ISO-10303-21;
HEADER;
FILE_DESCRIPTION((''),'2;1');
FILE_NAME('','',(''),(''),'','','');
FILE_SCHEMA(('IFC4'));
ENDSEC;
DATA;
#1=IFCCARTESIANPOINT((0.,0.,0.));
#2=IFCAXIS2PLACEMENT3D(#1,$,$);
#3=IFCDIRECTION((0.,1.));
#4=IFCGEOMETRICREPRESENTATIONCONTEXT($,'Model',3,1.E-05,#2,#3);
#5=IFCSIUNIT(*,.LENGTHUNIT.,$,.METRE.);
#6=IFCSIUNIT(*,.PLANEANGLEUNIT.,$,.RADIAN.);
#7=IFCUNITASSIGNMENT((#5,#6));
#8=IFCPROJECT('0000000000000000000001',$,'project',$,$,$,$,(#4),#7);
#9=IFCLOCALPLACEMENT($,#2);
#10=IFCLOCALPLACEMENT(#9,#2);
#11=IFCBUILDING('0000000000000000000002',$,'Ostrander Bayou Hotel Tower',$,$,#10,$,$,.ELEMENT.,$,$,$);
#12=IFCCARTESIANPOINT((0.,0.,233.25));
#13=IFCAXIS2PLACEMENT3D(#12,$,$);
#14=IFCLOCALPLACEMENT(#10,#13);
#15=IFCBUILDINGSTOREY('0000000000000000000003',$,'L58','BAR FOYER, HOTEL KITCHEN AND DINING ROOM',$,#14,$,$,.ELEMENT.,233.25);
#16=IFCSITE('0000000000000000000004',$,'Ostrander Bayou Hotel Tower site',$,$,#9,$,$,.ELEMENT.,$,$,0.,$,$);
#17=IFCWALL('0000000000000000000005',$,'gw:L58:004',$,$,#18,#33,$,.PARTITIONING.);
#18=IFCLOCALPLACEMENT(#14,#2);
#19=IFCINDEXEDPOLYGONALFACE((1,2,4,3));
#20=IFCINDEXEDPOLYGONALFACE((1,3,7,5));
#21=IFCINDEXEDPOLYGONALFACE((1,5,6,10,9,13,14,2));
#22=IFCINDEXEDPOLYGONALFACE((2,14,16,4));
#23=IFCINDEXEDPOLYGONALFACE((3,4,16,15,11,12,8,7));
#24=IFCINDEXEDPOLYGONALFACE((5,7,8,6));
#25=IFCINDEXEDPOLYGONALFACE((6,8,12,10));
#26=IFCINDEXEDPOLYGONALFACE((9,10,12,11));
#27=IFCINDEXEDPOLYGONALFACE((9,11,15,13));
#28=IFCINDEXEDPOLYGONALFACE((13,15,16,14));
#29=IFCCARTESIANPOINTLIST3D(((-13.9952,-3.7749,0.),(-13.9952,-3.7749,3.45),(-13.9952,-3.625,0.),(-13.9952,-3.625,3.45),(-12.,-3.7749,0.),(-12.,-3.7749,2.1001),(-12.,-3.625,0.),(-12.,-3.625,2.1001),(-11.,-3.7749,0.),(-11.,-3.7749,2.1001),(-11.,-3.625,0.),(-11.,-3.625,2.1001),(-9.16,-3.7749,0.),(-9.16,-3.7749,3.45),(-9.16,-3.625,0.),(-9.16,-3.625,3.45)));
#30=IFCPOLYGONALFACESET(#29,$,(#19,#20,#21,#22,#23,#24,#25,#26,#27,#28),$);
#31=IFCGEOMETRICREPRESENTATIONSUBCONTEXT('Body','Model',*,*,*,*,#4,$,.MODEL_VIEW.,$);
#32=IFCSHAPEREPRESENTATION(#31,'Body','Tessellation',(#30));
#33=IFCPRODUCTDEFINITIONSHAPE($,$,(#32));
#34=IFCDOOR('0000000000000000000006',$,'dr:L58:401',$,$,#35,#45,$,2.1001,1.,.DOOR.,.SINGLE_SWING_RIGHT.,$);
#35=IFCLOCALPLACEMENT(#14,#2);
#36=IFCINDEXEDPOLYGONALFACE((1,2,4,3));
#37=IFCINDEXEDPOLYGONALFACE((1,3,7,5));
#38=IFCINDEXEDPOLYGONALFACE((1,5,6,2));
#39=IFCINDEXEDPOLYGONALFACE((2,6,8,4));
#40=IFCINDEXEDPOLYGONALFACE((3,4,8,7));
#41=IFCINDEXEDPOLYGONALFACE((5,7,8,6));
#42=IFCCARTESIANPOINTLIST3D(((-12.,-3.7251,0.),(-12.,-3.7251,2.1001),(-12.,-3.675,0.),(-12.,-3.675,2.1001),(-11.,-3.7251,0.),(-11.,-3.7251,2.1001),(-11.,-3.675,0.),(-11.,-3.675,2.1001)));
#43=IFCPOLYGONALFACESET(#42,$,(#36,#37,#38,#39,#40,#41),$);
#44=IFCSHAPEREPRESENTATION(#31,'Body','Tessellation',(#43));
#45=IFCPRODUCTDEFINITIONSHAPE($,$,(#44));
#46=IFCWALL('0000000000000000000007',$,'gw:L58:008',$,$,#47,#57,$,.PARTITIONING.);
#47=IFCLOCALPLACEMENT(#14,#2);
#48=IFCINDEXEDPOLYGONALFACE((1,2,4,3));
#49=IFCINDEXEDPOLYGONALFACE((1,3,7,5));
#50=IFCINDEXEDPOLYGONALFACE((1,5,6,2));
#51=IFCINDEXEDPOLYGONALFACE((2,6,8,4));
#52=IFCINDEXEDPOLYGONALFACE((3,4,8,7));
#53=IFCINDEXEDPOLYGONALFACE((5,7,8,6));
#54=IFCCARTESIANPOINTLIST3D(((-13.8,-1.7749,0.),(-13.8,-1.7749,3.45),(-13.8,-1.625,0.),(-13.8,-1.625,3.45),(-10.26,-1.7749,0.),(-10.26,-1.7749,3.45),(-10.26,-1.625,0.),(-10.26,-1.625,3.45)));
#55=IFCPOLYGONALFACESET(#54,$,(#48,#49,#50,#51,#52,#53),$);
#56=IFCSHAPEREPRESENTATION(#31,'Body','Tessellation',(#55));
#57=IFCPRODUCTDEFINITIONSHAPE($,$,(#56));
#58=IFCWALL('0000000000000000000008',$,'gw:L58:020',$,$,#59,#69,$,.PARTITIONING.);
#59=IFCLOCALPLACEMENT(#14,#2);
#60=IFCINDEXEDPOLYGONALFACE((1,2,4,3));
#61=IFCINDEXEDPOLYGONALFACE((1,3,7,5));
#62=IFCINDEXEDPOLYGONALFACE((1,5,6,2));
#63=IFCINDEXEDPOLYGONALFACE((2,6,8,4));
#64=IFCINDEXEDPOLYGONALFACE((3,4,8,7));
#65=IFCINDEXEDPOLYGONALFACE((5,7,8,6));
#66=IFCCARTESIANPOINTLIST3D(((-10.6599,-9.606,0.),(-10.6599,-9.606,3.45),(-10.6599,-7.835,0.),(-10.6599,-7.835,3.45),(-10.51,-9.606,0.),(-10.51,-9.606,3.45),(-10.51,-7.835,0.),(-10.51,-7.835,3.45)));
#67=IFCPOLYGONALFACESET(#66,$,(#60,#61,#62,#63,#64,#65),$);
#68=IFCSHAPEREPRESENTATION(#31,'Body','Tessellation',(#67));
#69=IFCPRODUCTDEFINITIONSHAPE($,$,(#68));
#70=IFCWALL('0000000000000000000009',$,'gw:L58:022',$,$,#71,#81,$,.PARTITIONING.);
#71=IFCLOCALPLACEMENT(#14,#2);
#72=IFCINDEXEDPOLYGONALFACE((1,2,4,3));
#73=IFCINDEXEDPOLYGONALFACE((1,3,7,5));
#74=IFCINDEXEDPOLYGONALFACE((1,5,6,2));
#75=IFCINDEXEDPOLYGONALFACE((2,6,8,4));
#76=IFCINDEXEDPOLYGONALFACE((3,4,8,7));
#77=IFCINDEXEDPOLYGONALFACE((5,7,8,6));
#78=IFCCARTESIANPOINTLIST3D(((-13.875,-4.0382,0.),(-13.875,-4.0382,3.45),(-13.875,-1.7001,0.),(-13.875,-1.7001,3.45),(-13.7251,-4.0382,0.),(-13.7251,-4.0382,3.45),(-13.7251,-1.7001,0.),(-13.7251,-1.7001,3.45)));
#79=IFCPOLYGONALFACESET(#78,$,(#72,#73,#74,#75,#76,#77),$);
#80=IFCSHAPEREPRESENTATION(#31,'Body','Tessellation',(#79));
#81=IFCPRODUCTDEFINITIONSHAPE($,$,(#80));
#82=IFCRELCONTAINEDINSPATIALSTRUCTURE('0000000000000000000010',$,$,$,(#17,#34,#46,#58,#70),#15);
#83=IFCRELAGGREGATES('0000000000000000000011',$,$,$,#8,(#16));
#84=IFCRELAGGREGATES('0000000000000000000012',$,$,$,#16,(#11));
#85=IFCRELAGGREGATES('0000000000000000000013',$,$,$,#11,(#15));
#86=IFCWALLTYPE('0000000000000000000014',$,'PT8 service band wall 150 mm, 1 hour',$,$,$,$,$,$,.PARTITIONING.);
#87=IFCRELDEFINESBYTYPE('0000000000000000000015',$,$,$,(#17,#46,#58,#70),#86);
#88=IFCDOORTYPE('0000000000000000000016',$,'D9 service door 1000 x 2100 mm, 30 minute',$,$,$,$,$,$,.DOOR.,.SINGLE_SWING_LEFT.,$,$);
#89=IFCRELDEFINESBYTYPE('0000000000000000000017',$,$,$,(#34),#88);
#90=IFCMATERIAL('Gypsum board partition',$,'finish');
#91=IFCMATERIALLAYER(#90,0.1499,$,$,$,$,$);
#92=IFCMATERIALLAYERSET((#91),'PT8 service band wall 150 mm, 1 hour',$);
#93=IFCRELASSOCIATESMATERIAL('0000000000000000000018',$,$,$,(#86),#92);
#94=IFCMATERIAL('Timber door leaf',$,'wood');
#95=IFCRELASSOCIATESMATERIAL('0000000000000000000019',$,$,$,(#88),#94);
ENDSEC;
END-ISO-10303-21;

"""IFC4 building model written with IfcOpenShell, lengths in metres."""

from ifc_helpers import new_model, si_unit, direction, frame, frame_2d, origin, place, context, subcontext, project, spatial, rectangle, extrude, material, layer, layer_set, type_object, element, fill, save


model = new_model("IFC4")

# Units and contexts
model_context = context("Model", 3, precision=1e-05, world=origin(), true_north=direction((0.0, 1.0)))
body_context = subcontext(model_context, "Body", "Model", "MODEL_VIEW")
ifc_project = project(units=[si_unit("LENGTHUNIT", "METRE"), si_unit("PLANEANGLEUNIT", "RADIAN")], contexts=[model_context])

# Site, building, storey
site_placement = place(None, origin())
site = spatial("IfcSite", under=ifc_project, at=site_placement, Name="Ostrander Bayou Hotel Tower site", CompositionType="ELEMENT", RefElevation=0.0)
building_placement = place(site_placement, origin())
building = spatial("IfcBuilding", under=site, at=building_placement, Name="Ostrander Bayou Hotel Tower", CompositionType="ELEMENT")
storey_placement = place(building_placement, frame((0.0, 0.0, 233.25)))
storey = spatial("IfcBuildingStorey", under=building, at=storey_placement, Name="L58", Description="BAR FOYER, HOTEL KITCHEN AND DINING ROOM", CompositionType="ELEMENT", Elevation=233.25)

# Shared definitions
ifc_material_1 = material(Name="Gypsum board partition", Category="finish")
ifc_layer_1 = layer(ifc_material_1, 0.1499)
ifc_layer_set_1 = layer_set([ifc_layer_1], Name="PT8 service band wall 150 mm, 1 hour")
wall_type_1 = type_object("IfcWallType", Name="PT8 service band wall 150 mm, 1 hour", PredefinedType="PARTITIONING", material=ifc_layer_set_1)

# Wall, opening, door
wall_1_placement = place(storey_placement, frame((-13.9951, -3.7, 0.0), z_axis=(0.0, 0.0, 1.0), x_axis=(1.0, 0.0, 0.0)))
wall_1 = element("IfcWall", 1, at=wall_1_placement, inside=storey, type_object=wall_type_1, Name="gw:L58:004", PredefinedType="PARTITIONING", context=body_context, shape_type="SweptSolid", body=[
    extrude(rectangle(XDim=4.8352, YDim=0.1499, at=frame_2d((2.4175, 0.0))), origin(), (0.0, 0.0, 1.0), 3.45),
])
opening_1_placement = place(wall_1_placement, frame((1.9951, 0.0, 0.0)))
opening_1 = element("IfcOpeningElement", 2, at=opening_1_placement, cuts=wall_1, PredefinedType="OPENING", context=body_context, shape_type="SweptSolid", body=[
    extrude(rectangle(XDim=1.0, YDim=2.1001, at=frame_2d((0.5, 1.05))), frame((0.0, 0.075, 0.0), z_axis=(0.0, -1.0, 0.0), x_axis=(1.0, 0.0, 0.0)), (0.0, 0.0, 1.0), 0.1499),
])
ifc_material_2 = material(Name="Timber door leaf", Category="wood")
door_type = type_object("IfcDoorType", Name="D9 service door 1000 x 2100 mm, 30 minute", OperationType="SINGLE_SWING_LEFT", PredefinedType="DOOR", material=ifc_material_2)
door_placement = place(opening_1_placement, origin())
door = element("IfcDoor", 3, at=door_placement, inside=storey, type_object=door_type, Name="dr:L58:401", OperationType="SINGLE_SWING_RIGHT", OverallHeight=2.1001, OverallWidth=1.0, PredefinedType="DOOR", context=body_context, shape_type="SweptSolid", body=[
    extrude(rectangle(XDim=1.0, YDim=2.1001, at=frame_2d((0.5, 1.05))), frame((0.0, 0.0249, 0.0), z_axis=(0.0, -1.0, 0.0), x_axis=(1.0, 0.0, 0.0)), (0.0, 0.0, 1.0), 0.05),
])
fill(opening_1, door)

# Walls
wall_2_placement = place(storey_placement, frame((-13.8, -1.7, 0.0), z_axis=(0.0, 0.0, 1.0), x_axis=(1.0, 0.0, 0.0)))
element("IfcWall", 4, at=wall_2_placement, inside=storey, type_object=wall_type_1, Name="gw:L58:008", PredefinedType="PARTITIONING", context=body_context, shape_type="SweptSolid", body=[
    extrude(rectangle(XDim=3.54, YDim=0.1499, at=frame_2d((1.77, 0.0))), origin(), (0.0, 0.0, 1.0), 3.45),
])
wall_3_placement = place(storey_placement, frame((-10.585, -9.606, 0.0), z_axis=(0.0, 0.0, 1.0), x_axis=(0.0, 1.0, 0.0)))
element("IfcWall", 5, at=wall_3_placement, inside=storey, type_object=wall_type_1, Name="gw:L58:020", PredefinedType="PARTITIONING", context=body_context, shape_type="SweptSolid", body=[
    extrude(rectangle(XDim=1.771, YDim=0.1499, at=frame_2d((0.8855, 0.0))), origin(), (0.0, 0.0, 1.0), 3.45),
])
wall_4_placement = place(storey_placement, frame((-13.8, -4.0381, 0.0), z_axis=(0.0, 0.0, 1.0), x_axis=(0.0, 1.0, 0.0)))
element("IfcWall", 6, at=wall_4_placement, inside=storey, type_object=wall_type_1, Name="gw:L58:022", PredefinedType="PARTITIONING", context=body_context, shape_type="SweptSolid", body=[
    extrude(rectangle(XDim=2.3381, YDim=0.1499, at=frame_2d((1.1689, 0.0))), origin(), (0.0, 0.0, 1.0), 3.45),
])

save(model, "model.ifc")
